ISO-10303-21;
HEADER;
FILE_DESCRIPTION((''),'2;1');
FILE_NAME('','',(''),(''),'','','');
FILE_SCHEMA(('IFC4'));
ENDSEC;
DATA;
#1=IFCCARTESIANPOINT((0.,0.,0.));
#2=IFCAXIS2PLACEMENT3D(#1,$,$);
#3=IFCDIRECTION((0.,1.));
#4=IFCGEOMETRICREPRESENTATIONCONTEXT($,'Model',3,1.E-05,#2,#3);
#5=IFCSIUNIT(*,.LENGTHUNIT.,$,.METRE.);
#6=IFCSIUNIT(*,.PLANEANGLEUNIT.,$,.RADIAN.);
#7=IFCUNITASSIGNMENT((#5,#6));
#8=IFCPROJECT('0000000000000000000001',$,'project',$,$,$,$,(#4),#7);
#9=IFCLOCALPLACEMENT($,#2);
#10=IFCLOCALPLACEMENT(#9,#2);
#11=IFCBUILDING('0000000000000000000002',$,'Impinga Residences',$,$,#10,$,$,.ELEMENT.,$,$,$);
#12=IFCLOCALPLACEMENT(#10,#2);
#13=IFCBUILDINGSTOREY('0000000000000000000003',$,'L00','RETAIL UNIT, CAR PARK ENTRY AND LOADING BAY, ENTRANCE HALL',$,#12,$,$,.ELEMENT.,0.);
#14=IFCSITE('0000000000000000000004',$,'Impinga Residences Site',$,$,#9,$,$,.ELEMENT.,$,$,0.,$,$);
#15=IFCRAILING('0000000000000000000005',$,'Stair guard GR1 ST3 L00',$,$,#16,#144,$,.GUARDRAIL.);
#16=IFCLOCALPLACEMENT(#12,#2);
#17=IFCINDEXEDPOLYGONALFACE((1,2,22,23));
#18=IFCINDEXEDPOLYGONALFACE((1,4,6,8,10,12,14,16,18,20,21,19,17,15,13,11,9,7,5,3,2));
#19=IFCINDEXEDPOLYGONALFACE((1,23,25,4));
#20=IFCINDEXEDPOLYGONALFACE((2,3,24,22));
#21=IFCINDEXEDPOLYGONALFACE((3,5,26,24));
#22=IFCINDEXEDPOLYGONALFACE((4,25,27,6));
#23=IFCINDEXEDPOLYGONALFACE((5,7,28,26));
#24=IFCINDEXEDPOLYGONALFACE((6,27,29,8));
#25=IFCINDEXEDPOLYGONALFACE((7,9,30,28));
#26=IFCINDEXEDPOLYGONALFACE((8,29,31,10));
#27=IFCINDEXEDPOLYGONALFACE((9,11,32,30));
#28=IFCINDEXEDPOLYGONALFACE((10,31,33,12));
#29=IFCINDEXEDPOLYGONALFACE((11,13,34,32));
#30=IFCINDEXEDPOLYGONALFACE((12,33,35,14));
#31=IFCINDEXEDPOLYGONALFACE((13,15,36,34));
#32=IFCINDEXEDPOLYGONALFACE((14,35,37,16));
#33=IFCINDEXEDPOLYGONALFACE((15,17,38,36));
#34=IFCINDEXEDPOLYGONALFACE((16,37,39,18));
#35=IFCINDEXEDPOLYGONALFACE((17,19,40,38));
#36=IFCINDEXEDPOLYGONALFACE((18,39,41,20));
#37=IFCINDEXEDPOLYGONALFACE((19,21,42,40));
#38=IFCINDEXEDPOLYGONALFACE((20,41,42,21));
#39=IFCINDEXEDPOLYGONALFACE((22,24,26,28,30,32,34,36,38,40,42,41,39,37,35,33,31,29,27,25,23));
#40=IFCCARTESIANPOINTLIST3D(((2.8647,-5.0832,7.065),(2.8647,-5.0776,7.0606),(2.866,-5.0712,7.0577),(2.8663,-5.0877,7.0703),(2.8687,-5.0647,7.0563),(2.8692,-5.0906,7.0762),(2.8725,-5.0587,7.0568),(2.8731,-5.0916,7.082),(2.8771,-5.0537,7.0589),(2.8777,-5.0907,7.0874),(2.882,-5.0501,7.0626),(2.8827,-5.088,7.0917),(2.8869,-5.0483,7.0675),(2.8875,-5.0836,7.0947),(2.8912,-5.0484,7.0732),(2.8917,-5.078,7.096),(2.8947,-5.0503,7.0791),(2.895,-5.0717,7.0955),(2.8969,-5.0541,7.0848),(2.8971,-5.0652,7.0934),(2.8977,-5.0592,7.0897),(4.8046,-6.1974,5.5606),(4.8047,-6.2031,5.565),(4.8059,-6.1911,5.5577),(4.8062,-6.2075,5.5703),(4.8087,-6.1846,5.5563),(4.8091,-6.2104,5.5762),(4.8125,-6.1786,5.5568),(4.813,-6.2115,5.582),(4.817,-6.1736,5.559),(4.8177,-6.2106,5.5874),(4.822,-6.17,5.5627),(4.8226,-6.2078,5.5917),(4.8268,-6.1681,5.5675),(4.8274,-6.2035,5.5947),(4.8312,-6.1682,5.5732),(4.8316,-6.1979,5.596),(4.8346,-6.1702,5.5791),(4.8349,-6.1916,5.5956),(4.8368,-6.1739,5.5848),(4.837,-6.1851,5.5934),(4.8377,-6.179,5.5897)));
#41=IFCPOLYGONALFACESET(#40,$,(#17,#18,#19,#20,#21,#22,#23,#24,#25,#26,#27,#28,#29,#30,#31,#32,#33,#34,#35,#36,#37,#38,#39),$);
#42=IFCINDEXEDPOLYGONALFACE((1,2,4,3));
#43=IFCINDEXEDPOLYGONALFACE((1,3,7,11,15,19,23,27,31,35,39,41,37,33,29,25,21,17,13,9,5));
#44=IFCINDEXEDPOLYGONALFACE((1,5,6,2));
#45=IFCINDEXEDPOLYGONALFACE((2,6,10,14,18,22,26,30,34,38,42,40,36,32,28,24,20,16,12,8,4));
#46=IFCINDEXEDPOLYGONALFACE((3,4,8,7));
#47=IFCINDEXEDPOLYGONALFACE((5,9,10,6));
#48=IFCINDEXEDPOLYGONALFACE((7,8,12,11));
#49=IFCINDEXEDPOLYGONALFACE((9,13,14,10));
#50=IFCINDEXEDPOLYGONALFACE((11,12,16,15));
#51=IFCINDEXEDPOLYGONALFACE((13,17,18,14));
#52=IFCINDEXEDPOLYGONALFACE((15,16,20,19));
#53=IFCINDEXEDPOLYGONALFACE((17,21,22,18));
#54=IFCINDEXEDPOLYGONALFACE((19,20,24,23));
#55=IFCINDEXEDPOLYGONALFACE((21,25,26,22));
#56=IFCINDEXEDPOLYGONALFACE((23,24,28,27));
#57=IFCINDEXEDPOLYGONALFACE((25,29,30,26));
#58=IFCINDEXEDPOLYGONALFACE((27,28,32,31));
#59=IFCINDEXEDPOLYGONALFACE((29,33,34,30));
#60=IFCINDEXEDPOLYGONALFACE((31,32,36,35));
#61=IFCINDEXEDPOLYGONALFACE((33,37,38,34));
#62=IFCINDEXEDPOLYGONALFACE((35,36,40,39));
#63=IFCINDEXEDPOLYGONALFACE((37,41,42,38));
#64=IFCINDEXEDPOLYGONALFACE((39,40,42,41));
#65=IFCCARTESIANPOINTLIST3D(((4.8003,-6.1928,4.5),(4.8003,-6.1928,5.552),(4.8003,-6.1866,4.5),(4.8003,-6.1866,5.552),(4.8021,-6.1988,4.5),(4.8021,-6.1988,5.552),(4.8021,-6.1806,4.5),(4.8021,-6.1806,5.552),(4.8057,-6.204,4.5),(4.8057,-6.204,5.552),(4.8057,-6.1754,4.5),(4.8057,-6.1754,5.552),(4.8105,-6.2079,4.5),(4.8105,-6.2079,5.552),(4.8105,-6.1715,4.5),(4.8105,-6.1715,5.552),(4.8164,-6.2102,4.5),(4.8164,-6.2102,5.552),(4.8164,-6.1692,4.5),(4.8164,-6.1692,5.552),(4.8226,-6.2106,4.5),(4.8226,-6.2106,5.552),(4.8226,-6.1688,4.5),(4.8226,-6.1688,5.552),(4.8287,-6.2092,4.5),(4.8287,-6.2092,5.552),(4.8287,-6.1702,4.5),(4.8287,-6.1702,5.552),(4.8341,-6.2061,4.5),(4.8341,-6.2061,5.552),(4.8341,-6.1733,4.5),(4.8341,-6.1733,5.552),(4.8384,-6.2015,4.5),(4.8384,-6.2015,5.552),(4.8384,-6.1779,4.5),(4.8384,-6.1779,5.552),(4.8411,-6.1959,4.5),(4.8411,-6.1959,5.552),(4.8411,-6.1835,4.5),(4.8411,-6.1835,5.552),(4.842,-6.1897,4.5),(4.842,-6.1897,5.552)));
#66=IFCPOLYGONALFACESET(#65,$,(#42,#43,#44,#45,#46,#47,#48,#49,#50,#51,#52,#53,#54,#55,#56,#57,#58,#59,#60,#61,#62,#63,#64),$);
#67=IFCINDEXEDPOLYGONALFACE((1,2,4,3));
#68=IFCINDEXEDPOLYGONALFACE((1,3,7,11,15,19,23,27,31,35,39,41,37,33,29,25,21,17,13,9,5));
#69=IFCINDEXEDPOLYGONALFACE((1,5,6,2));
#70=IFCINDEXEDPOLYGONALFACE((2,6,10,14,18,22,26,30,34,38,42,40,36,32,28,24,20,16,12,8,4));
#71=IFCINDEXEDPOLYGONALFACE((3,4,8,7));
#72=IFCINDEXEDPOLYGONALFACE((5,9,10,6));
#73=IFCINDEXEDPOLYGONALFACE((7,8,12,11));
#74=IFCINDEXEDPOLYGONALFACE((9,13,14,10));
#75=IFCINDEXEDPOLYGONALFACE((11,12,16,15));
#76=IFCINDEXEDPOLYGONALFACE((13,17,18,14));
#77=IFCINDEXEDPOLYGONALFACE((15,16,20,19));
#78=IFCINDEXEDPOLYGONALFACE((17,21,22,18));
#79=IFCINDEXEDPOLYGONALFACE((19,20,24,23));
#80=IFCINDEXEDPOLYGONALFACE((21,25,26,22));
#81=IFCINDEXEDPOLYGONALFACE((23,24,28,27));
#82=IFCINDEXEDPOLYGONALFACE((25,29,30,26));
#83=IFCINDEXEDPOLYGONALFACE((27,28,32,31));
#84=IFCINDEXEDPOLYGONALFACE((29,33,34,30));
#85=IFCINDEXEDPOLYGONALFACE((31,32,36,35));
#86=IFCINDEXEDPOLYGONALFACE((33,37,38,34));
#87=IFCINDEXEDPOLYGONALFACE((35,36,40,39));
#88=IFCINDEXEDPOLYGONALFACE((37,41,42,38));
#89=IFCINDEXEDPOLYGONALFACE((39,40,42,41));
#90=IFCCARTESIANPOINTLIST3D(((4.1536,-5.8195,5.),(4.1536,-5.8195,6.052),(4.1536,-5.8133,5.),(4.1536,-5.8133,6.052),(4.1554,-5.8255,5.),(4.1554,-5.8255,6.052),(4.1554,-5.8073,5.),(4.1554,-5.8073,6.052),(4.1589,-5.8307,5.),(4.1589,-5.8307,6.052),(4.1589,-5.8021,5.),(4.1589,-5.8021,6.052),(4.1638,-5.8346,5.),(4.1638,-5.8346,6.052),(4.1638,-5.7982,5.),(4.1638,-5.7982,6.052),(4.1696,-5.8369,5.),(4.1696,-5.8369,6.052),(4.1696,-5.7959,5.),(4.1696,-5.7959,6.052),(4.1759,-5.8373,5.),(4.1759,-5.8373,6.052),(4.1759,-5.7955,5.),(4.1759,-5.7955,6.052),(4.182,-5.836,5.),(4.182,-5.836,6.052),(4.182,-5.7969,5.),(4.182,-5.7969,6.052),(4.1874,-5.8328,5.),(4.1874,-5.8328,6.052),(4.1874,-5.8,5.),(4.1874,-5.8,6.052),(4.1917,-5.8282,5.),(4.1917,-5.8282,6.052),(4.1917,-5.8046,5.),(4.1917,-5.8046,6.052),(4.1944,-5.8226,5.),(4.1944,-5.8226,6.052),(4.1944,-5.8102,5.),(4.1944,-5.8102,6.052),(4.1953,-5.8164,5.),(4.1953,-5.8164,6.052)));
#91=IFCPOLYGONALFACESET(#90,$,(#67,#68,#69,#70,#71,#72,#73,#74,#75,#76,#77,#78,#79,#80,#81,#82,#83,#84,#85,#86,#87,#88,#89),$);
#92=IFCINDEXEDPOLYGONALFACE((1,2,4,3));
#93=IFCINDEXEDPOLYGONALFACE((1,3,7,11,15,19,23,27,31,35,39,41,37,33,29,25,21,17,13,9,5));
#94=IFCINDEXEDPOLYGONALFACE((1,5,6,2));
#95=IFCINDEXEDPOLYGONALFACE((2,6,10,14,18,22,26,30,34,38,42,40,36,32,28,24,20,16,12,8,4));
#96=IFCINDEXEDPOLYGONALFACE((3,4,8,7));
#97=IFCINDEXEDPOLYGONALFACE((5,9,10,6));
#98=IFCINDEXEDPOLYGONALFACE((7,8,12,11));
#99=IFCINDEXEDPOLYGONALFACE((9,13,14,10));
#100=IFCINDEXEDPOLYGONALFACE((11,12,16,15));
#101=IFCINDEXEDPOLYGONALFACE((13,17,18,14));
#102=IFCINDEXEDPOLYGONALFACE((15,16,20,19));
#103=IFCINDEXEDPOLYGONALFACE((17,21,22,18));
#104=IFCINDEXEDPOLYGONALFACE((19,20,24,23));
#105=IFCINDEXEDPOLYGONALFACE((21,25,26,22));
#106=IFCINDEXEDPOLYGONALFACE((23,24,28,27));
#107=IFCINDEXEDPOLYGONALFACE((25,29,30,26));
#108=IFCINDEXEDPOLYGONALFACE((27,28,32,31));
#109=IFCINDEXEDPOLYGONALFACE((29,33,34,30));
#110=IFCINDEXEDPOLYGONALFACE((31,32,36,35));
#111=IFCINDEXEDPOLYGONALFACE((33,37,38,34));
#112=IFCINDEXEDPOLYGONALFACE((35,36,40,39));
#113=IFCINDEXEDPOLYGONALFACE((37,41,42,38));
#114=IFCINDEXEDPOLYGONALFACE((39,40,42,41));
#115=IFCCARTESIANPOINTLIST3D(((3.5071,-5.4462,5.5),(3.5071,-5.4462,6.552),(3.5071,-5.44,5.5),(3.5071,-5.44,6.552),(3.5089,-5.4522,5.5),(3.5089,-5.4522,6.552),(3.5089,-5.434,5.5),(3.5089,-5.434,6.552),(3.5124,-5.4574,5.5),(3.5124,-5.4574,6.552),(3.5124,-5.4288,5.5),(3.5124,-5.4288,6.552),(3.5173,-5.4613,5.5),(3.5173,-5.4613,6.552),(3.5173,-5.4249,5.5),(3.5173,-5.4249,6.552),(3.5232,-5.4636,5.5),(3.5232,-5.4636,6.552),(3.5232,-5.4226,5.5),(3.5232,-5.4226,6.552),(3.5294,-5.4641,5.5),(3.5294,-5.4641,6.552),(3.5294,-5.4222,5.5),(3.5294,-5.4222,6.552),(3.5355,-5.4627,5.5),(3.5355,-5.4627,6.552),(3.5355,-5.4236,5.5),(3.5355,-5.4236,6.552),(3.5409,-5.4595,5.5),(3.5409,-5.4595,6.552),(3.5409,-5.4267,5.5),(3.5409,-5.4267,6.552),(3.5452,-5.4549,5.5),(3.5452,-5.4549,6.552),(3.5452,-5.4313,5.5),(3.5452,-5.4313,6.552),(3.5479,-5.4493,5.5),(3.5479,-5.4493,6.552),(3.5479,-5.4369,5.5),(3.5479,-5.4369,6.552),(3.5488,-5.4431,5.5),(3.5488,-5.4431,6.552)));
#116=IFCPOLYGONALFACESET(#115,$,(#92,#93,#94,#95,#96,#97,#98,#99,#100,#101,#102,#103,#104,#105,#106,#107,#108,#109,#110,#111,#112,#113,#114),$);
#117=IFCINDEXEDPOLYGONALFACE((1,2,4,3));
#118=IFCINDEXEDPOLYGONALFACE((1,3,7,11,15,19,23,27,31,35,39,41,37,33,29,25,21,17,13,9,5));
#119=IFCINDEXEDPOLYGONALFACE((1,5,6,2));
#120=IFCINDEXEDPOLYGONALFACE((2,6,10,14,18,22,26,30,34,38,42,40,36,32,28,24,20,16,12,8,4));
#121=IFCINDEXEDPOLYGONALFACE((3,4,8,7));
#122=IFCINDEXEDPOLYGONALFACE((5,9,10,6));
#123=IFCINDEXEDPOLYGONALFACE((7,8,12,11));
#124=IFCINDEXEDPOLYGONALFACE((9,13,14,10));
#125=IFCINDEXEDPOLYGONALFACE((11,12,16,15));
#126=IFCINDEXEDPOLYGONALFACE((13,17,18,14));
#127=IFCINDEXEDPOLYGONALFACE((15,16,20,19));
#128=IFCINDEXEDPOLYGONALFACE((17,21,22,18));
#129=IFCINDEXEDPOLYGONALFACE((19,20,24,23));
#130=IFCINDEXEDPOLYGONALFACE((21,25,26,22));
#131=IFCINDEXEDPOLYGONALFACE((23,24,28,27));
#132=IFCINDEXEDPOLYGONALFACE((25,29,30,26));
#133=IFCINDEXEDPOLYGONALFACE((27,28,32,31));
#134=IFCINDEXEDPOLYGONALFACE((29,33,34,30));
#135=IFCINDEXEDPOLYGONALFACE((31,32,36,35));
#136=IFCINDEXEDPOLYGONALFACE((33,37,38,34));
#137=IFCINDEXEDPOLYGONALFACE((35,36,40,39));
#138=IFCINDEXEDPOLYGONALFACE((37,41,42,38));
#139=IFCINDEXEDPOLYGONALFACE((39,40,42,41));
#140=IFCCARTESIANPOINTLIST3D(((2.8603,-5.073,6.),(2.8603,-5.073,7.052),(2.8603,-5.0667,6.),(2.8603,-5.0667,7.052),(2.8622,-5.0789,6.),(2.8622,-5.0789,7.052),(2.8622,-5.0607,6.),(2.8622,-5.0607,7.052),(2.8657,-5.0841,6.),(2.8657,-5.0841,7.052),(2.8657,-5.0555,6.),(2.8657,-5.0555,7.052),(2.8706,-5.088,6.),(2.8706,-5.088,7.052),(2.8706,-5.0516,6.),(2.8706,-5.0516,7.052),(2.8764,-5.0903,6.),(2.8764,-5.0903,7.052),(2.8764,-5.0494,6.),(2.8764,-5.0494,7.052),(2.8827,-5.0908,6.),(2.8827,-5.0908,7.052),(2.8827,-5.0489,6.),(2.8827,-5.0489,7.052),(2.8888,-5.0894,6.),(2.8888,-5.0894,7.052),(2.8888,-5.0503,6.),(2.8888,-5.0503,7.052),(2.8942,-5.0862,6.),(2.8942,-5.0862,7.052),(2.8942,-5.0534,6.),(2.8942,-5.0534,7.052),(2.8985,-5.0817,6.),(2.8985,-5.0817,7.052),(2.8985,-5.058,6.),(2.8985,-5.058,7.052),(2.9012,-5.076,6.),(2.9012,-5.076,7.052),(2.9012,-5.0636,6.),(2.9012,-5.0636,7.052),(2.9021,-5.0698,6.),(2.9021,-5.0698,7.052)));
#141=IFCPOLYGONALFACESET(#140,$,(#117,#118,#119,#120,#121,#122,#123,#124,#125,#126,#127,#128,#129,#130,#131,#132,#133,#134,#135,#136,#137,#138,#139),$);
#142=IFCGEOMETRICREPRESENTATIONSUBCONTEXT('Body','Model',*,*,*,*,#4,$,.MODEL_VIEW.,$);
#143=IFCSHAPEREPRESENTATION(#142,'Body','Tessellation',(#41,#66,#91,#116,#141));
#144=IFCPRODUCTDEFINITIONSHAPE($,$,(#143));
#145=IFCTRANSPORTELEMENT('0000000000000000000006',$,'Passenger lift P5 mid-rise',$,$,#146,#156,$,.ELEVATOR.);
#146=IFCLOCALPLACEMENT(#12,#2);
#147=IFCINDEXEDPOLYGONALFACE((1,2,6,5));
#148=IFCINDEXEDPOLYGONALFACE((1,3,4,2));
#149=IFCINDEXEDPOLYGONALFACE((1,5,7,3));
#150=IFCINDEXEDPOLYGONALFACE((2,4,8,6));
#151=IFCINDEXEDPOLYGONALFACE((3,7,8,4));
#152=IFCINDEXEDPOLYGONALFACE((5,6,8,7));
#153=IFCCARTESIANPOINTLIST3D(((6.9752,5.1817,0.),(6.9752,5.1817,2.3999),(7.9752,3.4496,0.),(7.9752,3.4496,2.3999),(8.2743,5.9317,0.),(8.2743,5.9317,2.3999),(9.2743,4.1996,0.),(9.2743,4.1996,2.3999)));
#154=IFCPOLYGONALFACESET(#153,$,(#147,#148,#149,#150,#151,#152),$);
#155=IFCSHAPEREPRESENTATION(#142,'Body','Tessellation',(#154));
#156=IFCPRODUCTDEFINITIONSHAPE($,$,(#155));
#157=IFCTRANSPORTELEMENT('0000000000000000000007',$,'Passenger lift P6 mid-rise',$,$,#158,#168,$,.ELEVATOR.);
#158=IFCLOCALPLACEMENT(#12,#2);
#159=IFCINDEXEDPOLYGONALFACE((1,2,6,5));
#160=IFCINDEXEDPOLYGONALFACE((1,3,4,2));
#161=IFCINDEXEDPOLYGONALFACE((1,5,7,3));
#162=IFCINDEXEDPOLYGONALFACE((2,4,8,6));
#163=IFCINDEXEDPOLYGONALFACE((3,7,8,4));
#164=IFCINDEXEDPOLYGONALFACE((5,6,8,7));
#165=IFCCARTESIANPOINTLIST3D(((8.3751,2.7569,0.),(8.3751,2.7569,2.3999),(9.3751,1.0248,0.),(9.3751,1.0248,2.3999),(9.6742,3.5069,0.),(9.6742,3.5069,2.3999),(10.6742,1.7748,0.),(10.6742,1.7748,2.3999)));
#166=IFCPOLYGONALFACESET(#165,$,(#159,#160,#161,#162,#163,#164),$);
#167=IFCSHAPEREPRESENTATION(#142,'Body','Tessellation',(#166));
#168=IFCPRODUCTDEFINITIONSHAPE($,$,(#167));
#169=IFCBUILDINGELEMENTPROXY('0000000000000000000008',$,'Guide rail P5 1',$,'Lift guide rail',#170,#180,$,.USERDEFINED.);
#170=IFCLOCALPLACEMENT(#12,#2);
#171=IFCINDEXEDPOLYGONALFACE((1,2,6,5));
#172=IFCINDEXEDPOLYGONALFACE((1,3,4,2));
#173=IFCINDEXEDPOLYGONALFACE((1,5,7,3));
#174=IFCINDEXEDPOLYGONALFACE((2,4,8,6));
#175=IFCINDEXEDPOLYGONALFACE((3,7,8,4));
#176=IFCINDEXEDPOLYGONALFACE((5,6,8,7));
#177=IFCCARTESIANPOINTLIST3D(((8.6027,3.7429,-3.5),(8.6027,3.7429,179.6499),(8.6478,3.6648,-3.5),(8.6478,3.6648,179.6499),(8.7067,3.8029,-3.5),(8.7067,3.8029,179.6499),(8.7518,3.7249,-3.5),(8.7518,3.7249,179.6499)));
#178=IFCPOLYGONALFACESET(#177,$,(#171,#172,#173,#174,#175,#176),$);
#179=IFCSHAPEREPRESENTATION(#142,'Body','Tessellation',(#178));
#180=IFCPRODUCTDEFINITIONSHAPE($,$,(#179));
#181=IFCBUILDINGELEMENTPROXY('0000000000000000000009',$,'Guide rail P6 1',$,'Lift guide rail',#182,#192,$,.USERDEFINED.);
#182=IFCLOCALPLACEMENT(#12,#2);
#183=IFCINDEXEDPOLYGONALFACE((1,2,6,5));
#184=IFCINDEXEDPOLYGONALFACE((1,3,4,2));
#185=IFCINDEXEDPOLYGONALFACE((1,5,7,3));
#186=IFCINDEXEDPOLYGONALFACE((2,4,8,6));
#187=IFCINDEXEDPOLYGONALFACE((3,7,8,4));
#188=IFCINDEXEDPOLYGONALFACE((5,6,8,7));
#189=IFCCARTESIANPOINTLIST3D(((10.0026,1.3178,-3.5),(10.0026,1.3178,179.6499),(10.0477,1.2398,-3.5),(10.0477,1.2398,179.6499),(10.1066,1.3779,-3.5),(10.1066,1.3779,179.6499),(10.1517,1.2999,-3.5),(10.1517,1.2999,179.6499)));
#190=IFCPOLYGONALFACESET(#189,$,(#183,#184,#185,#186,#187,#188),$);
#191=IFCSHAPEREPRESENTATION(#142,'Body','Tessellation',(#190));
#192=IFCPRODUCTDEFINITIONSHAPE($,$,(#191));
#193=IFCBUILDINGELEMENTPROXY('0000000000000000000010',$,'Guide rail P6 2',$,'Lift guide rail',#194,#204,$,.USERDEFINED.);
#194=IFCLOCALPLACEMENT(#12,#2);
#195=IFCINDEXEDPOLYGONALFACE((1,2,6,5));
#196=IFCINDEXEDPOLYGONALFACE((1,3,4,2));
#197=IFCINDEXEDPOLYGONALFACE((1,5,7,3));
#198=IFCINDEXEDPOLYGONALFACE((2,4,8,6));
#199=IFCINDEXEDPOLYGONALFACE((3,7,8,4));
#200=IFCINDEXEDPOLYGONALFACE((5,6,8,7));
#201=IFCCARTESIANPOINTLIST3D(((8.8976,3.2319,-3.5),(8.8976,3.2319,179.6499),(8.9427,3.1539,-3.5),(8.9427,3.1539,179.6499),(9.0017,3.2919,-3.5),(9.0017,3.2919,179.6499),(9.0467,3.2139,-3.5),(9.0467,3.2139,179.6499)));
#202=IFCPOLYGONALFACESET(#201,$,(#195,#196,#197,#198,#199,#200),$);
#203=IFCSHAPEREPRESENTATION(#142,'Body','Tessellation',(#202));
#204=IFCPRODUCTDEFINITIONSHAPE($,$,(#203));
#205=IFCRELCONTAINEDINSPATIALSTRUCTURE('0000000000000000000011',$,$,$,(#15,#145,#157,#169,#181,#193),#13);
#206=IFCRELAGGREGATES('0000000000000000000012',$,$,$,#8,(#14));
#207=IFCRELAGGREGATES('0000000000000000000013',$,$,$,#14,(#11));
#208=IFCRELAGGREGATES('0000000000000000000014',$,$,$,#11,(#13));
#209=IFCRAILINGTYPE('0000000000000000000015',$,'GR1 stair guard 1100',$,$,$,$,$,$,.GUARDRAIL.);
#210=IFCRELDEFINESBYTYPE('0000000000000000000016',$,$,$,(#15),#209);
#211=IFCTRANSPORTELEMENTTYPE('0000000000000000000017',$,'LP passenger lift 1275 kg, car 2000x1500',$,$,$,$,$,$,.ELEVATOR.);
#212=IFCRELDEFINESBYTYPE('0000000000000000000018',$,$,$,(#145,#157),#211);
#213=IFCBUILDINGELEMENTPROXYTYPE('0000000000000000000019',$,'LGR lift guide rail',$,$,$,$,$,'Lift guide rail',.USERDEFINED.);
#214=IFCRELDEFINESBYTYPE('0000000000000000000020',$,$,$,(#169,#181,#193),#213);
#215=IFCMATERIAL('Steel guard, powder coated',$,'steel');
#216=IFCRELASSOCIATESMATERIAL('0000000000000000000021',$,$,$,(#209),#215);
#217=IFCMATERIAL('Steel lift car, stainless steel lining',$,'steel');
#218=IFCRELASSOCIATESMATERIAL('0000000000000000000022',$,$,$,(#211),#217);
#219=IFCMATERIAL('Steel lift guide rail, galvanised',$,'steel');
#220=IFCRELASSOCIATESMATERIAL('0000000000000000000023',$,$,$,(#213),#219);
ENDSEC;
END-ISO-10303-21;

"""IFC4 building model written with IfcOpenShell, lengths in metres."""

from ifc_helpers import new_model, si_unit, direction, frame, origin, origin_2d, place, context, subcontext, project, spatial, rectangle, circle, extrude, material, type_object, element, save


model = new_model("IFC4")

# Units and contexts
model_context = context("Model", 3, precision=1e-05, world=origin(), true_north=direction((0.0, 1.0)))
body_context = subcontext(model_context, "Body", "Model", "MODEL_VIEW")
ifc_project = project(units=[si_unit("LENGTHUNIT", "METRE"), si_unit("PLANEANGLEUNIT", "RADIAN")], contexts=[model_context])

# Site, building, storey
site_placement = place(None, origin())
site = spatial("IfcSite", under=ifc_project, at=site_placement, Name="Impinga Residences Site", CompositionType="ELEMENT", RefElevation=0.0)
building_placement = place(site_placement, origin())
building = spatial("IfcBuilding", under=site, at=building_placement, Name="Impinga Residences", CompositionType="ELEMENT")
storey_placement = place(building_placement, origin())
storey = spatial("IfcBuildingStorey", under=building, at=storey_placement, Name="L00", Description="RETAIL UNIT, CAR PARK ENTRY AND LOADING BAY, ENTRANCE HALL", CompositionType="ELEMENT", Elevation=0.0)

# Railing
ifc_material_1 = material(Name="Steel guard, powder coated", Category="steel")
railing_type = type_object("IfcRailingType", Name="GR1 stair guard 1100", PredefinedType="GUARDRAIL", material=ifc_material_1)
for number, where, name in (
    (1, (4.821, -6.1897, 4.5), "Stair guard GR1 ST3 L00"),
):
    element("IfcRailing", number, at=place(storey_placement, frame(where)), inside=storey, type_object=railing_type, Name=name, PredefinedType="GUARDRAIL", context=body_context, shape_type="SweptSolid", body=[
        extrude(circle(Radius=0.0239, at=origin_2d()), frame((0.0, 0.0, 1.0762), z_axis=(-0.719609, 0.41541, 0.556415), x_axis=(-0.499949, -0.866055, 0.0)), (0.0, 0.0, 1.0), 2.6958),
        extrude(circle(Radius=0.021, at=origin_2d()), origin(), (0.0, 0.0, 1.0), 1.052),
        extrude(circle(Radius=0.021, at=origin_2d()), frame((-0.6467, 0.3733, 0.5)), (0.0, 0.0, 1.0), 1.052),
        extrude(circle(Radius=0.021, at=origin_2d()), frame((-1.2932, 0.7466, 1.0)), (0.0, 0.0, 1.0), 1.052),
        extrude(circle(Radius=0.021, at=origin_2d()), frame((-1.9399, 1.1199, 1.5)), (0.0, 0.0, 1.0), 1.052),
    ])

# Transport elements
ifc_material_2 = material(Name="Steel lift car, stainless steel lining", Category="steel")
transport_element_type = type_object("IfcTransportElementType", Name="LP passenger lift 1275 kg, car 2000x1500", PredefinedType="ELEVATOR", material=ifc_material_2)
for number, where, z_axis, x_axis, name in (
    (2, (8.1248, 4.6907, 0.0), (0.0, 0.0, 1.0), (-0.5, 0.866025, 0.0), "Passenger lift P5 mid-rise"),
    (3, (9.5247, 2.2659, 0.0), (0.0, 0.0, 1.0), (-0.5, 0.866025, 0.0), "Passenger lift P6 mid-rise"),
):
    element("IfcTransportElement", number, at=place(storey_placement, frame(where, z_axis=z_axis, x_axis=x_axis)), inside=storey, type_object=transport_element_type, Name=name, PredefinedType="ELEVATOR", context=body_context, shape_type="SweptSolid", body=[
        extrude(rectangle(XDim=2.0, YDim=1.5, at=origin_2d()), origin(), (0.0, 0.0, 1.0), 2.3999),
    ])

# Building element proxies
ifc_material_3 = material(Name="Steel lift guide rail, galvanised", Category="steel")
building_element_proxy_type = type_object("IfcBuildingElementProxyType", Name="LGR lift guide rail", ElementType="Lift guide rail", PredefinedType="USERDEFINED", material=ifc_material_3)
for number, where, z_axis, x_axis, name in (
    (4, (8.6772, 3.7339, -3.5), (0.0, 0.0, 1.0), (-0.5, 0.866025, 0.0), "Guide rail P5 1"),
    (5, (10.0771, 1.3088, -3.5), (0.0, 0.0, 1.0), (-0.5, 0.866025, 0.0), "Guide rail P6 1"),
    (6, (8.9722, 3.2229, -3.5), (0.0, 0.0, 1.0), (-0.5, 0.866025, 0.0), "Guide rail P6 2"),
):
    element("IfcBuildingElementProxy", number, at=place(storey_placement, frame(where, z_axis=z_axis, x_axis=x_axis)), inside=storey, type_object=building_element_proxy_type, Name=name, ObjectType="Lift guide rail", PredefinedType="USERDEFINED", context=body_context, shape_type="SweptSolid", body=[
        extrude(rectangle(XDim=0.0901, YDim=0.1201, at=origin_2d()), origin(), (0.0, 0.0, 1.0), 183.1499),
    ])

save(model, "model.ifc")
